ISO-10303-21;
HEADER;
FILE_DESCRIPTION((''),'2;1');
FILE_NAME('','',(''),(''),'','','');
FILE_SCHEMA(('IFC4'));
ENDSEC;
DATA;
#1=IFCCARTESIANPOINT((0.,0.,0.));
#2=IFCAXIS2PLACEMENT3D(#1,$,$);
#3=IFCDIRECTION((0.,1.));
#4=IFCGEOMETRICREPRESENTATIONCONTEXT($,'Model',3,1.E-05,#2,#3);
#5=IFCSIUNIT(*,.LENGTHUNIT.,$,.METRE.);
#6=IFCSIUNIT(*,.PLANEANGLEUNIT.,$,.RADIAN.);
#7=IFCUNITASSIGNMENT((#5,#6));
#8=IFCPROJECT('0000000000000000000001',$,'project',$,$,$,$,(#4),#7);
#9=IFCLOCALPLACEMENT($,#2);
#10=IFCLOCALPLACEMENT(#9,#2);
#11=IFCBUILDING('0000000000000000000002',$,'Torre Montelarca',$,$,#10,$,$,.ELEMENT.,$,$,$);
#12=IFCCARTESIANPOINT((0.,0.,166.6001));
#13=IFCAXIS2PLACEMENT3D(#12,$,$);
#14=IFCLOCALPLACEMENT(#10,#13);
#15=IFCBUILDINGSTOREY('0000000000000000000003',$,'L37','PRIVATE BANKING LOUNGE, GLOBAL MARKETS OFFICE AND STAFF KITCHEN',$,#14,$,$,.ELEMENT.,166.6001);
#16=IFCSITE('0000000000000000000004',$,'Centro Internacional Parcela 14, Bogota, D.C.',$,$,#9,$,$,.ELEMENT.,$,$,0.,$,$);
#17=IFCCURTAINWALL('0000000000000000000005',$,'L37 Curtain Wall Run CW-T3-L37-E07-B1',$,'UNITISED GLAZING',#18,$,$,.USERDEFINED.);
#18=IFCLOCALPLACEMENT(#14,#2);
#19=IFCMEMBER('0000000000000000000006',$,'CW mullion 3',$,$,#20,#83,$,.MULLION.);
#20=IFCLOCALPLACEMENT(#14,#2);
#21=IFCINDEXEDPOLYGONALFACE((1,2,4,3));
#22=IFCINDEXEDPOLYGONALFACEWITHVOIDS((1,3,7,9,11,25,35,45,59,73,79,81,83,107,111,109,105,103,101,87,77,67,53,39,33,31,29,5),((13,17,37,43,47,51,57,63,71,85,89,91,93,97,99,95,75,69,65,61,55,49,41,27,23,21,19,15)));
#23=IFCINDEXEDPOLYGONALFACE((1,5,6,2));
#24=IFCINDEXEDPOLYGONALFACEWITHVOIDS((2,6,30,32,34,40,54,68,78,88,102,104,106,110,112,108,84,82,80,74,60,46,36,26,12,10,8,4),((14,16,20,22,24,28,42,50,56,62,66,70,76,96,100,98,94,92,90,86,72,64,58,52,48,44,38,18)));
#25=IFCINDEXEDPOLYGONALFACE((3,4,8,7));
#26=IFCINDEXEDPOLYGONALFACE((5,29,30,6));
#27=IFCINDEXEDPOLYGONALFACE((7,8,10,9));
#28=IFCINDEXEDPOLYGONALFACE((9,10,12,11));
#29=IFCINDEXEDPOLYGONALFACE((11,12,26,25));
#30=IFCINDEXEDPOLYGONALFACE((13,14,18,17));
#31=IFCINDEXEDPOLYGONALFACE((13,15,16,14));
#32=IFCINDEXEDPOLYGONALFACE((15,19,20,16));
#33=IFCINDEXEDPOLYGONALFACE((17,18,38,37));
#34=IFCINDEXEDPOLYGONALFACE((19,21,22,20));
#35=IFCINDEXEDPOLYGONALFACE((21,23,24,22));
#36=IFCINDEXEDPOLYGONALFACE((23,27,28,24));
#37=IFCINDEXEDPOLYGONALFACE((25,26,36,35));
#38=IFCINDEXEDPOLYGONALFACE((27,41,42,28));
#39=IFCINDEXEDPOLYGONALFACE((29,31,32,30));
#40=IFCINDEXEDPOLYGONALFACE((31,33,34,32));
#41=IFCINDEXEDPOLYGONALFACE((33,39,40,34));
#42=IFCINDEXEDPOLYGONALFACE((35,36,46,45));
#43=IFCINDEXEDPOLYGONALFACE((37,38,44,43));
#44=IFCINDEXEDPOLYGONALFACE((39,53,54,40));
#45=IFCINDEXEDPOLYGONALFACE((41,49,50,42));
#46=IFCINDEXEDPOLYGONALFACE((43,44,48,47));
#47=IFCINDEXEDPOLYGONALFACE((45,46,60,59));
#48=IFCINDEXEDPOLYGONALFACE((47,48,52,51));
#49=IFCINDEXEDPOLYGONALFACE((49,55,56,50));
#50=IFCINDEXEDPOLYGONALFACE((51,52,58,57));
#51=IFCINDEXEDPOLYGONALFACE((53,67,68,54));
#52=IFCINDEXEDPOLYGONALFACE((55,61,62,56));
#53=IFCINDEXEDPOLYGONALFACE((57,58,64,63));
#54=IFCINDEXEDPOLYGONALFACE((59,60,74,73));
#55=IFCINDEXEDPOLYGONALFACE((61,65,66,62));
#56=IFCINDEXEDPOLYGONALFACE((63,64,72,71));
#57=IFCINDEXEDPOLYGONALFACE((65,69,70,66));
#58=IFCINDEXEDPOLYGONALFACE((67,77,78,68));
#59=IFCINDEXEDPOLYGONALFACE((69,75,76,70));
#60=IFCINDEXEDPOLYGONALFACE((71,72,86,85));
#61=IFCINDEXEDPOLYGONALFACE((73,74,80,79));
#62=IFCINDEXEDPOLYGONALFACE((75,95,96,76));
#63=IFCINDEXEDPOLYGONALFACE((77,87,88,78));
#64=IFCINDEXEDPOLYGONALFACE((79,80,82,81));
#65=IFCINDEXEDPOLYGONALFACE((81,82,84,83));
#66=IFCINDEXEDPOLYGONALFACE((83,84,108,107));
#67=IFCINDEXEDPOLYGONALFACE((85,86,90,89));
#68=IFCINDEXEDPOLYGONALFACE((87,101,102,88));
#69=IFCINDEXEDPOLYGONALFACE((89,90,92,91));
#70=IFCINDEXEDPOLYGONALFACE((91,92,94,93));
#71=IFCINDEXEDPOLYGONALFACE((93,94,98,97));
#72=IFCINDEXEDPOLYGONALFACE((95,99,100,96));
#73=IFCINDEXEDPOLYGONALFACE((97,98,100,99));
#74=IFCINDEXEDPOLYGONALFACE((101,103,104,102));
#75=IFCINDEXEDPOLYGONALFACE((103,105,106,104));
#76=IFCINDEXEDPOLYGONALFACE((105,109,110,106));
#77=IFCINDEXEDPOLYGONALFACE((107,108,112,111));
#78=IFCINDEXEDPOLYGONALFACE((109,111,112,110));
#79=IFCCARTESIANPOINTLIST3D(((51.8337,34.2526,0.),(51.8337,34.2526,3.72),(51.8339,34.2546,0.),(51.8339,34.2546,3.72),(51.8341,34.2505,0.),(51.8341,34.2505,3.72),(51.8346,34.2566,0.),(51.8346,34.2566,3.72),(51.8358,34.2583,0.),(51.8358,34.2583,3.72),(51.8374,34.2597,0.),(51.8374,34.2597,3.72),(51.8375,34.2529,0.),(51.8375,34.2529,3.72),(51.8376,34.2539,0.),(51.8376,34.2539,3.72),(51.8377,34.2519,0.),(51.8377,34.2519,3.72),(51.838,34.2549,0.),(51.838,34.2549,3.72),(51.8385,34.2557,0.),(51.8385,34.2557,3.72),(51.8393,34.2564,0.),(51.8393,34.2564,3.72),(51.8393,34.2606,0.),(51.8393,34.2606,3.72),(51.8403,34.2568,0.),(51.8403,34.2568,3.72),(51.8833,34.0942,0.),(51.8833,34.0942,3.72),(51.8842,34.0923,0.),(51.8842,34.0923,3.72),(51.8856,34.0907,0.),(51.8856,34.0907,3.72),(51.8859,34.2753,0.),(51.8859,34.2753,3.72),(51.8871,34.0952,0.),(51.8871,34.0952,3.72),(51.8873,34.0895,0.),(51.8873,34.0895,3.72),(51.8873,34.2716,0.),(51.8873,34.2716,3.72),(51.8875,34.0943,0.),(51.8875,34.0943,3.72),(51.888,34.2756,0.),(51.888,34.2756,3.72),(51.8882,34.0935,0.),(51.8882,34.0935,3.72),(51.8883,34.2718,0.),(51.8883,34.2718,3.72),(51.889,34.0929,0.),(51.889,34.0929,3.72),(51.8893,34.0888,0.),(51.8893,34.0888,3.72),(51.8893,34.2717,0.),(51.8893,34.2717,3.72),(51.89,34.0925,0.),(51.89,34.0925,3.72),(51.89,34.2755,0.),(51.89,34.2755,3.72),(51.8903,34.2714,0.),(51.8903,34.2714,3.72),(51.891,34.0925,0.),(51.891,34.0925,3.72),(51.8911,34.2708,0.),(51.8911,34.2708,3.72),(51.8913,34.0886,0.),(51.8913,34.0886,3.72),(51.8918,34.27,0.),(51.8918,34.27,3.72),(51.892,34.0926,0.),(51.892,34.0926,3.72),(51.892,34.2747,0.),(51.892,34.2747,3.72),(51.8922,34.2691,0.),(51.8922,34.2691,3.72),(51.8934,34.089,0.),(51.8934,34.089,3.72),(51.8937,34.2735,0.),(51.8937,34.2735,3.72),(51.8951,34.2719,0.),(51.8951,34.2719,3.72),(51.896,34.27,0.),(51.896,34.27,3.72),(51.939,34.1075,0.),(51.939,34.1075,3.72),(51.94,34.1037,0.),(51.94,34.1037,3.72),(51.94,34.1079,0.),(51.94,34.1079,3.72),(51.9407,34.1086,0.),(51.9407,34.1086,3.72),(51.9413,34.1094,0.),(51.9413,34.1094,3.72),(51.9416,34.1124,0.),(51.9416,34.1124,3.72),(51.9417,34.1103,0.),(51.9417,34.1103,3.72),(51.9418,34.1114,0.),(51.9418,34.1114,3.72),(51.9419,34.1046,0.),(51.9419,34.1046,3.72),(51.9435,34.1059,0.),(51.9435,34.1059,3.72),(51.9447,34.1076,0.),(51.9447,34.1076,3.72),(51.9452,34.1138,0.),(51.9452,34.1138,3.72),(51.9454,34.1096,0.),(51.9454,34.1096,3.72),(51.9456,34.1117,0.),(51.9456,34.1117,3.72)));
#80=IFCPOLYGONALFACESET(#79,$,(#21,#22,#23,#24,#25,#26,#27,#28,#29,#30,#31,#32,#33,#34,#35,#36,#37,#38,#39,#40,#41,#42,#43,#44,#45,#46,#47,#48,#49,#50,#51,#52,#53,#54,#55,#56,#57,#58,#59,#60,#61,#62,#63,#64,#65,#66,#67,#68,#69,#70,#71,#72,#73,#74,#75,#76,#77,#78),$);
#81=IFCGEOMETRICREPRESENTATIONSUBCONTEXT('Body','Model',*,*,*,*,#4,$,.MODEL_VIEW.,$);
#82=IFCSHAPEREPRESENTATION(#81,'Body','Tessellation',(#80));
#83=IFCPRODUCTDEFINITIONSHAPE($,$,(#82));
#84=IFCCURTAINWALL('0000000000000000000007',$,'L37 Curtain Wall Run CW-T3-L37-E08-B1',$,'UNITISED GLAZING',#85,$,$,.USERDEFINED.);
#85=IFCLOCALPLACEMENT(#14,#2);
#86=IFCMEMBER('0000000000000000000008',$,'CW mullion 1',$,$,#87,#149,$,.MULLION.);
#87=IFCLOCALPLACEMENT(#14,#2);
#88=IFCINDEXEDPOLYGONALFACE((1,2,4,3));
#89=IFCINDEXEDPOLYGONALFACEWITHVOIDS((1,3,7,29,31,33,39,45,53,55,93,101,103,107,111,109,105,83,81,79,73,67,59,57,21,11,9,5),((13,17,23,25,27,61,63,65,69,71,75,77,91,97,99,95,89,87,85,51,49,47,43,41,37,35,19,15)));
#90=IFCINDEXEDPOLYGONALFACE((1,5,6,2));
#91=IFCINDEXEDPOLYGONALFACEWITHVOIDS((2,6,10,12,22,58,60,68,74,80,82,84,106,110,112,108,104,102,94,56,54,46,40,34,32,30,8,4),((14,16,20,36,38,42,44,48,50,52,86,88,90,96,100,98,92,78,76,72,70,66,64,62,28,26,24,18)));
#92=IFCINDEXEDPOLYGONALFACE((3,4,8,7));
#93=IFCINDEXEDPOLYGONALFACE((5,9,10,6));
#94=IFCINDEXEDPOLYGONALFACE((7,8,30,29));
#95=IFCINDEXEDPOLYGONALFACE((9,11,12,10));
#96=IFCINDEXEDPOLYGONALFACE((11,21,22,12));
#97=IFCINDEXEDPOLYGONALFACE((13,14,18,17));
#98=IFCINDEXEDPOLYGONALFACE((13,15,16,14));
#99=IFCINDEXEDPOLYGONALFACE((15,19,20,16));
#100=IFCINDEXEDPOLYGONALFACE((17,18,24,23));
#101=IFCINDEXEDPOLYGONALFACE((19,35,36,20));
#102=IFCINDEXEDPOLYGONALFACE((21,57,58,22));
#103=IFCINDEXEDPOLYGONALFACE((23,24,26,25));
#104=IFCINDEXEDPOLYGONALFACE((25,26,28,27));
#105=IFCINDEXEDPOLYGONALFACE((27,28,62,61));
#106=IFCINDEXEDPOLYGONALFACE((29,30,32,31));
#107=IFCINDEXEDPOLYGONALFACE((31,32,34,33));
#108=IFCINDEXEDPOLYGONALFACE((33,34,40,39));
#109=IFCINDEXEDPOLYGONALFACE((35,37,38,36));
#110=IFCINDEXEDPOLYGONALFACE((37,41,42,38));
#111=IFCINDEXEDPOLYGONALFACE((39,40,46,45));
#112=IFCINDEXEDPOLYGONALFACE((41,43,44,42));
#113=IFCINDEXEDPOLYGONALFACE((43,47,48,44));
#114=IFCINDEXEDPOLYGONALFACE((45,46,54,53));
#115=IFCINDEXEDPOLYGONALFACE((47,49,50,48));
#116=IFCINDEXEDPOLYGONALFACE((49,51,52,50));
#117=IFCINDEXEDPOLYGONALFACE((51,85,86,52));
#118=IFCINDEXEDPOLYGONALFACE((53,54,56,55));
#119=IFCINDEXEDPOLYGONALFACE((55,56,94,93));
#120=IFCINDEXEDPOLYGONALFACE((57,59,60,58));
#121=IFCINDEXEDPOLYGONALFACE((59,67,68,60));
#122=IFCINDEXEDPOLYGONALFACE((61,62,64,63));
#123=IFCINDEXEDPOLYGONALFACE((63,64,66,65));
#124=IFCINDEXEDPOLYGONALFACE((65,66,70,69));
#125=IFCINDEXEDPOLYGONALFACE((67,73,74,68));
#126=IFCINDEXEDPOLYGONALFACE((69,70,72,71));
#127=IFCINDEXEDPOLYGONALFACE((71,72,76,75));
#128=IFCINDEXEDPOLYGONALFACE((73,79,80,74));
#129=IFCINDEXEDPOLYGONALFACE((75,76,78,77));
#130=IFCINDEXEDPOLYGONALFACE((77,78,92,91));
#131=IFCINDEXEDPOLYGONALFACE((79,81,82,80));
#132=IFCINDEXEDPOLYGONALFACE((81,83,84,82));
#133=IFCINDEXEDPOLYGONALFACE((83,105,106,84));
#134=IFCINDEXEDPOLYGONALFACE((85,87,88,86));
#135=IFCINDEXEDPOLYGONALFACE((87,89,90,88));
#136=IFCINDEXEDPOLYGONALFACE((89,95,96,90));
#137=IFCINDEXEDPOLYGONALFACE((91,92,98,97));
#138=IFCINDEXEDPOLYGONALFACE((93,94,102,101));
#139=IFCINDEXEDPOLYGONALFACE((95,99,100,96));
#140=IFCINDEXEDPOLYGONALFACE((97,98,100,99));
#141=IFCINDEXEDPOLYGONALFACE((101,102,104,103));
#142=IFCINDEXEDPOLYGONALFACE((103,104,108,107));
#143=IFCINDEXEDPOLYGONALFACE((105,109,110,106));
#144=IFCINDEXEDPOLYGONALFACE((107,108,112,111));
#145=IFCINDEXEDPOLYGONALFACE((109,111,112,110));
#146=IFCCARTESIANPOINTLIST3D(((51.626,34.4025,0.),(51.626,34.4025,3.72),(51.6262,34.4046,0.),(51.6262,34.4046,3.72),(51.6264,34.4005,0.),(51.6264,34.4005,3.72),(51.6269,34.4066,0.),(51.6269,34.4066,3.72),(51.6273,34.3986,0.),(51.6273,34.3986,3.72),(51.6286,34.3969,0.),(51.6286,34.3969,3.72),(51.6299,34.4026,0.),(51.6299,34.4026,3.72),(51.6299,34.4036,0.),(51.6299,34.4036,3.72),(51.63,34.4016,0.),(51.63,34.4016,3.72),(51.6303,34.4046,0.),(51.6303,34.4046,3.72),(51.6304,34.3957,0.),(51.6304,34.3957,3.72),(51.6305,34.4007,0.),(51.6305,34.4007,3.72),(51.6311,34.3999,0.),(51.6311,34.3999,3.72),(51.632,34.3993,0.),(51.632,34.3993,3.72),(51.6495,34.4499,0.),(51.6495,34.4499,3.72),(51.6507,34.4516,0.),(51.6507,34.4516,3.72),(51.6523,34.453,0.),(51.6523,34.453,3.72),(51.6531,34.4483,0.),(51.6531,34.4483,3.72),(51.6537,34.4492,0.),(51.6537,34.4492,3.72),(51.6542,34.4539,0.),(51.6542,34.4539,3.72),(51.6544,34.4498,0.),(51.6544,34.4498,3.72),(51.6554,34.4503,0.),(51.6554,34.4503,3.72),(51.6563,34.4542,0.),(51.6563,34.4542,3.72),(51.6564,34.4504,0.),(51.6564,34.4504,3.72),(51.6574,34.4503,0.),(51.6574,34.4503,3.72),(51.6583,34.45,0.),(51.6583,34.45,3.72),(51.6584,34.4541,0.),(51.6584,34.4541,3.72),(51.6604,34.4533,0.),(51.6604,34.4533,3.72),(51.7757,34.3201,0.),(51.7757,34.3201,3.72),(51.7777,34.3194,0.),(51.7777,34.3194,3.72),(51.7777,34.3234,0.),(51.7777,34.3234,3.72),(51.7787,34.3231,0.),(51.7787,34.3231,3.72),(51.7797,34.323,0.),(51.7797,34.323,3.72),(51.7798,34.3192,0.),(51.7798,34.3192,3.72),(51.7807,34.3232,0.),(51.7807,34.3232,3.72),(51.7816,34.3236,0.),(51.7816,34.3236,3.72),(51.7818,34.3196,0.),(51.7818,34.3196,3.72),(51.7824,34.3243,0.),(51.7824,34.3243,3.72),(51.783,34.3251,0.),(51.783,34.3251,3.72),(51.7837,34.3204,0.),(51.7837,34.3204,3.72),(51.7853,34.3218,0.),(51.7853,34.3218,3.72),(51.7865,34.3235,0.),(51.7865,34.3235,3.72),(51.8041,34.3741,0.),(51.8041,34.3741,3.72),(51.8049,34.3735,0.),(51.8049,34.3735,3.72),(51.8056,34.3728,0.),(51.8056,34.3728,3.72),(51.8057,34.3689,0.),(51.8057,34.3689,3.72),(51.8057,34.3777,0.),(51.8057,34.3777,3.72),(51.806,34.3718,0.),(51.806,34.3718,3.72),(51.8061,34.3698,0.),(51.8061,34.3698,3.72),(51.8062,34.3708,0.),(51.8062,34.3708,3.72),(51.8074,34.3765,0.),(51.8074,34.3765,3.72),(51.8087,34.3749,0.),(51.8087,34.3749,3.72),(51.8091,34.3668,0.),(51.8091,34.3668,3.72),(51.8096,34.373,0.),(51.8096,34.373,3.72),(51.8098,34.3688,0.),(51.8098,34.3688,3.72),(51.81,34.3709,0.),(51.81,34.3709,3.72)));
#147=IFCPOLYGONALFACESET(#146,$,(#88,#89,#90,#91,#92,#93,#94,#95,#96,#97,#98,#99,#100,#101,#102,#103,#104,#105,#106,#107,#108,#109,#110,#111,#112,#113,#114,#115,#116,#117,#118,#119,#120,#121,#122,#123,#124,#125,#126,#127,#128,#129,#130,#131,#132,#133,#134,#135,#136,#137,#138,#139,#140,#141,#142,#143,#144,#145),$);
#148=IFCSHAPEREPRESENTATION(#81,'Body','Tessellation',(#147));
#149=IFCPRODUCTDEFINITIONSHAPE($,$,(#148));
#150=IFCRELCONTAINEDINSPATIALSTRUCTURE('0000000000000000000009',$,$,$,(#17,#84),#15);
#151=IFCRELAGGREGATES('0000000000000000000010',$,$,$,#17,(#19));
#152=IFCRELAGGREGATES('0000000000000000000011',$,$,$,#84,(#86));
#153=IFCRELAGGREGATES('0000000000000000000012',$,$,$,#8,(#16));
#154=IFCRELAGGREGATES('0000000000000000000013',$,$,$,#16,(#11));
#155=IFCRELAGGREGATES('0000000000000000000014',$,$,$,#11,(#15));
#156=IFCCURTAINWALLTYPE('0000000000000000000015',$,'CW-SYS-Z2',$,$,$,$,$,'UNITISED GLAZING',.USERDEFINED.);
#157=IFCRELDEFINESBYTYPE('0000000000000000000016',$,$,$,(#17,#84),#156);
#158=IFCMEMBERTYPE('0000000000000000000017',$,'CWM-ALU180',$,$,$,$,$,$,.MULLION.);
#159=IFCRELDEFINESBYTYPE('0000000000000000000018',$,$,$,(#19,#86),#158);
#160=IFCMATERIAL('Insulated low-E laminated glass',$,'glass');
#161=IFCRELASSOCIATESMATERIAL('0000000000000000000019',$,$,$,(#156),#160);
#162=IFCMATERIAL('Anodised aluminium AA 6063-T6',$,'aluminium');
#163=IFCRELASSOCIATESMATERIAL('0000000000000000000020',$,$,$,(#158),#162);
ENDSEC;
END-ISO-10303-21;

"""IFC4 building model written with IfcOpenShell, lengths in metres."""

from ifc_helpers import new_model, si_unit, direction, frame, origin, origin_2d, place, context, subcontext, project, spatial, hollow_rectangle, extrude, source, transform, mapped, material, material_profile, profile_set, type_object, element, aggregate, save


model = new_model("IFC4")

# Units and contexts
model_context = context("Model", 3, precision=1e-05, world=origin(), true_north=direction((0.0, 1.0)))
body_context = subcontext(model_context, "Body", "Model", "MODEL_VIEW")
ifc_project = project(units=[si_unit("LENGTHUNIT", "METRE"), si_unit("PLANEANGLEUNIT", "RADIAN")], contexts=[model_context])

# Site, building, storey
site_placement = place(None, origin())
site = spatial("IfcSite", under=ifc_project, at=site_placement, Name="Centro Internacional Parcela 14, Bogota, D.C.", CompositionType="ELEMENT", RefElevation=0.0)
building_placement = place(site_placement, origin())
building = spatial("IfcBuilding", under=site, at=building_placement, Name="Torre Montelarca", CompositionType="ELEMENT")
storey_placement = place(building_placement, frame((0.0, 0.0, 166.6001)))
storey = spatial("IfcBuildingStorey", under=building, at=storey_placement, Name="L37", Description="PRIVATE BANKING LOUNGE, GLOBAL MARKETS OFFICE AND STAFF KITCHEN", CompositionType="ELEMENT", Elevation=166.6001)

# Curtain wall
ifc_material_1 = material(Name="Insulated low-E laminated glass", Category="glass")
curtain_wall_type = type_object("IfcCurtainWallType", Name="CW-SYS-Z2", ElementType="UNITISED GLAZING", PredefinedType="USERDEFINED", material=ifc_material_1)
curtain_wall_1_placement = place(storey_placement, origin())
curtain_wall_1 = element("IfcCurtainWall", 1, at=curtain_wall_1_placement, inside=storey, type_object=curtain_wall_type, Name="L37 Curtain Wall Run CW-T3-L37-E07-B1", ObjectType="UNITISED GLAZING", PredefinedType="USERDEFINED")
ifc_material_2 = material(Name="Anodised aluminium AA 6063-T6", Category="aluminium")

# Shared definitions
ifc_material_profile_1 = material_profile(ifc_material_2, hollow_rectangle(XDim=0.0649, YDim=0.1799, WallThickness=0.0039, InnerFilletRadius=0.0039, OuterFilletRadius=0.0081, at=origin_2d()), Name="ALU65X180X4", Category="aluminium")
ifc_profile_set_1 = profile_set([ifc_material_profile_1], Name="Anodised aluminium AA 6063-T6")
member_type_1 = type_object("IfcMemberType", Name="CWM-ALU180", PredefinedType="MULLION", material=ifc_profile_set_1)
shared_shape_1 = source(origin(), body_context, "Body", "SweptSolid", [
    extrude(hollow_rectangle(XDim=0.0649, YDim=0.1799, WallThickness=0.0039, InnerFilletRadius=0.0039, OuterFilletRadius=0.0081, at=origin_2d()), origin(), (0.0, 0.0, 1.0), 3.72),
])

# Member
member_1_placement = place(storey_placement, frame((51.8896, 34.1821, 0.0), z_axis=(0.0, 0.0, 1.0), x_axis=(-0.953719, -0.300699, 0.0)))
member_1 = element("IfcMember", 2, at=member_1_placement, type_object=member_type_1, Name="CW mullion 3", PredefinedType="MULLION", context=body_context, shape_type="MappedRepresentation", body=[
    mapped(shared_shape_1, transform((0.0, 0.0, 0.0), scale=1.0)),
])

# Curtain wall, member
curtain_wall_2_placement = place(storey_placement, origin())
curtain_wall_2 = element("IfcCurtainWall", 3, at=curtain_wall_2_placement, inside=storey, type_object=curtain_wall_type, Name="L37 Curtain Wall Run CW-T3-L37-E08-B1", ObjectType="UNITISED GLAZING", PredefinedType="USERDEFINED")
member_2_placement = place(storey_placement, frame((51.718, 34.3867, 0.0), z_axis=(0.0, 0.0, 1.0), x_axis=(-0.461743, -0.887014, 0.0)))
member_2 = element("IfcMember", 4, at=member_2_placement, type_object=member_type_1, Name="CW mullion 1", PredefinedType="MULLION", context=body_context, shape_type="MappedRepresentation", body=[
    mapped(shared_shape_1, transform((0.0, 0.0, 0.0), scale=1.0)),
])

aggregate(curtain_wall_1, [member_1])
aggregate(curtain_wall_2, [member_2])

save(model, "model.ifc")
